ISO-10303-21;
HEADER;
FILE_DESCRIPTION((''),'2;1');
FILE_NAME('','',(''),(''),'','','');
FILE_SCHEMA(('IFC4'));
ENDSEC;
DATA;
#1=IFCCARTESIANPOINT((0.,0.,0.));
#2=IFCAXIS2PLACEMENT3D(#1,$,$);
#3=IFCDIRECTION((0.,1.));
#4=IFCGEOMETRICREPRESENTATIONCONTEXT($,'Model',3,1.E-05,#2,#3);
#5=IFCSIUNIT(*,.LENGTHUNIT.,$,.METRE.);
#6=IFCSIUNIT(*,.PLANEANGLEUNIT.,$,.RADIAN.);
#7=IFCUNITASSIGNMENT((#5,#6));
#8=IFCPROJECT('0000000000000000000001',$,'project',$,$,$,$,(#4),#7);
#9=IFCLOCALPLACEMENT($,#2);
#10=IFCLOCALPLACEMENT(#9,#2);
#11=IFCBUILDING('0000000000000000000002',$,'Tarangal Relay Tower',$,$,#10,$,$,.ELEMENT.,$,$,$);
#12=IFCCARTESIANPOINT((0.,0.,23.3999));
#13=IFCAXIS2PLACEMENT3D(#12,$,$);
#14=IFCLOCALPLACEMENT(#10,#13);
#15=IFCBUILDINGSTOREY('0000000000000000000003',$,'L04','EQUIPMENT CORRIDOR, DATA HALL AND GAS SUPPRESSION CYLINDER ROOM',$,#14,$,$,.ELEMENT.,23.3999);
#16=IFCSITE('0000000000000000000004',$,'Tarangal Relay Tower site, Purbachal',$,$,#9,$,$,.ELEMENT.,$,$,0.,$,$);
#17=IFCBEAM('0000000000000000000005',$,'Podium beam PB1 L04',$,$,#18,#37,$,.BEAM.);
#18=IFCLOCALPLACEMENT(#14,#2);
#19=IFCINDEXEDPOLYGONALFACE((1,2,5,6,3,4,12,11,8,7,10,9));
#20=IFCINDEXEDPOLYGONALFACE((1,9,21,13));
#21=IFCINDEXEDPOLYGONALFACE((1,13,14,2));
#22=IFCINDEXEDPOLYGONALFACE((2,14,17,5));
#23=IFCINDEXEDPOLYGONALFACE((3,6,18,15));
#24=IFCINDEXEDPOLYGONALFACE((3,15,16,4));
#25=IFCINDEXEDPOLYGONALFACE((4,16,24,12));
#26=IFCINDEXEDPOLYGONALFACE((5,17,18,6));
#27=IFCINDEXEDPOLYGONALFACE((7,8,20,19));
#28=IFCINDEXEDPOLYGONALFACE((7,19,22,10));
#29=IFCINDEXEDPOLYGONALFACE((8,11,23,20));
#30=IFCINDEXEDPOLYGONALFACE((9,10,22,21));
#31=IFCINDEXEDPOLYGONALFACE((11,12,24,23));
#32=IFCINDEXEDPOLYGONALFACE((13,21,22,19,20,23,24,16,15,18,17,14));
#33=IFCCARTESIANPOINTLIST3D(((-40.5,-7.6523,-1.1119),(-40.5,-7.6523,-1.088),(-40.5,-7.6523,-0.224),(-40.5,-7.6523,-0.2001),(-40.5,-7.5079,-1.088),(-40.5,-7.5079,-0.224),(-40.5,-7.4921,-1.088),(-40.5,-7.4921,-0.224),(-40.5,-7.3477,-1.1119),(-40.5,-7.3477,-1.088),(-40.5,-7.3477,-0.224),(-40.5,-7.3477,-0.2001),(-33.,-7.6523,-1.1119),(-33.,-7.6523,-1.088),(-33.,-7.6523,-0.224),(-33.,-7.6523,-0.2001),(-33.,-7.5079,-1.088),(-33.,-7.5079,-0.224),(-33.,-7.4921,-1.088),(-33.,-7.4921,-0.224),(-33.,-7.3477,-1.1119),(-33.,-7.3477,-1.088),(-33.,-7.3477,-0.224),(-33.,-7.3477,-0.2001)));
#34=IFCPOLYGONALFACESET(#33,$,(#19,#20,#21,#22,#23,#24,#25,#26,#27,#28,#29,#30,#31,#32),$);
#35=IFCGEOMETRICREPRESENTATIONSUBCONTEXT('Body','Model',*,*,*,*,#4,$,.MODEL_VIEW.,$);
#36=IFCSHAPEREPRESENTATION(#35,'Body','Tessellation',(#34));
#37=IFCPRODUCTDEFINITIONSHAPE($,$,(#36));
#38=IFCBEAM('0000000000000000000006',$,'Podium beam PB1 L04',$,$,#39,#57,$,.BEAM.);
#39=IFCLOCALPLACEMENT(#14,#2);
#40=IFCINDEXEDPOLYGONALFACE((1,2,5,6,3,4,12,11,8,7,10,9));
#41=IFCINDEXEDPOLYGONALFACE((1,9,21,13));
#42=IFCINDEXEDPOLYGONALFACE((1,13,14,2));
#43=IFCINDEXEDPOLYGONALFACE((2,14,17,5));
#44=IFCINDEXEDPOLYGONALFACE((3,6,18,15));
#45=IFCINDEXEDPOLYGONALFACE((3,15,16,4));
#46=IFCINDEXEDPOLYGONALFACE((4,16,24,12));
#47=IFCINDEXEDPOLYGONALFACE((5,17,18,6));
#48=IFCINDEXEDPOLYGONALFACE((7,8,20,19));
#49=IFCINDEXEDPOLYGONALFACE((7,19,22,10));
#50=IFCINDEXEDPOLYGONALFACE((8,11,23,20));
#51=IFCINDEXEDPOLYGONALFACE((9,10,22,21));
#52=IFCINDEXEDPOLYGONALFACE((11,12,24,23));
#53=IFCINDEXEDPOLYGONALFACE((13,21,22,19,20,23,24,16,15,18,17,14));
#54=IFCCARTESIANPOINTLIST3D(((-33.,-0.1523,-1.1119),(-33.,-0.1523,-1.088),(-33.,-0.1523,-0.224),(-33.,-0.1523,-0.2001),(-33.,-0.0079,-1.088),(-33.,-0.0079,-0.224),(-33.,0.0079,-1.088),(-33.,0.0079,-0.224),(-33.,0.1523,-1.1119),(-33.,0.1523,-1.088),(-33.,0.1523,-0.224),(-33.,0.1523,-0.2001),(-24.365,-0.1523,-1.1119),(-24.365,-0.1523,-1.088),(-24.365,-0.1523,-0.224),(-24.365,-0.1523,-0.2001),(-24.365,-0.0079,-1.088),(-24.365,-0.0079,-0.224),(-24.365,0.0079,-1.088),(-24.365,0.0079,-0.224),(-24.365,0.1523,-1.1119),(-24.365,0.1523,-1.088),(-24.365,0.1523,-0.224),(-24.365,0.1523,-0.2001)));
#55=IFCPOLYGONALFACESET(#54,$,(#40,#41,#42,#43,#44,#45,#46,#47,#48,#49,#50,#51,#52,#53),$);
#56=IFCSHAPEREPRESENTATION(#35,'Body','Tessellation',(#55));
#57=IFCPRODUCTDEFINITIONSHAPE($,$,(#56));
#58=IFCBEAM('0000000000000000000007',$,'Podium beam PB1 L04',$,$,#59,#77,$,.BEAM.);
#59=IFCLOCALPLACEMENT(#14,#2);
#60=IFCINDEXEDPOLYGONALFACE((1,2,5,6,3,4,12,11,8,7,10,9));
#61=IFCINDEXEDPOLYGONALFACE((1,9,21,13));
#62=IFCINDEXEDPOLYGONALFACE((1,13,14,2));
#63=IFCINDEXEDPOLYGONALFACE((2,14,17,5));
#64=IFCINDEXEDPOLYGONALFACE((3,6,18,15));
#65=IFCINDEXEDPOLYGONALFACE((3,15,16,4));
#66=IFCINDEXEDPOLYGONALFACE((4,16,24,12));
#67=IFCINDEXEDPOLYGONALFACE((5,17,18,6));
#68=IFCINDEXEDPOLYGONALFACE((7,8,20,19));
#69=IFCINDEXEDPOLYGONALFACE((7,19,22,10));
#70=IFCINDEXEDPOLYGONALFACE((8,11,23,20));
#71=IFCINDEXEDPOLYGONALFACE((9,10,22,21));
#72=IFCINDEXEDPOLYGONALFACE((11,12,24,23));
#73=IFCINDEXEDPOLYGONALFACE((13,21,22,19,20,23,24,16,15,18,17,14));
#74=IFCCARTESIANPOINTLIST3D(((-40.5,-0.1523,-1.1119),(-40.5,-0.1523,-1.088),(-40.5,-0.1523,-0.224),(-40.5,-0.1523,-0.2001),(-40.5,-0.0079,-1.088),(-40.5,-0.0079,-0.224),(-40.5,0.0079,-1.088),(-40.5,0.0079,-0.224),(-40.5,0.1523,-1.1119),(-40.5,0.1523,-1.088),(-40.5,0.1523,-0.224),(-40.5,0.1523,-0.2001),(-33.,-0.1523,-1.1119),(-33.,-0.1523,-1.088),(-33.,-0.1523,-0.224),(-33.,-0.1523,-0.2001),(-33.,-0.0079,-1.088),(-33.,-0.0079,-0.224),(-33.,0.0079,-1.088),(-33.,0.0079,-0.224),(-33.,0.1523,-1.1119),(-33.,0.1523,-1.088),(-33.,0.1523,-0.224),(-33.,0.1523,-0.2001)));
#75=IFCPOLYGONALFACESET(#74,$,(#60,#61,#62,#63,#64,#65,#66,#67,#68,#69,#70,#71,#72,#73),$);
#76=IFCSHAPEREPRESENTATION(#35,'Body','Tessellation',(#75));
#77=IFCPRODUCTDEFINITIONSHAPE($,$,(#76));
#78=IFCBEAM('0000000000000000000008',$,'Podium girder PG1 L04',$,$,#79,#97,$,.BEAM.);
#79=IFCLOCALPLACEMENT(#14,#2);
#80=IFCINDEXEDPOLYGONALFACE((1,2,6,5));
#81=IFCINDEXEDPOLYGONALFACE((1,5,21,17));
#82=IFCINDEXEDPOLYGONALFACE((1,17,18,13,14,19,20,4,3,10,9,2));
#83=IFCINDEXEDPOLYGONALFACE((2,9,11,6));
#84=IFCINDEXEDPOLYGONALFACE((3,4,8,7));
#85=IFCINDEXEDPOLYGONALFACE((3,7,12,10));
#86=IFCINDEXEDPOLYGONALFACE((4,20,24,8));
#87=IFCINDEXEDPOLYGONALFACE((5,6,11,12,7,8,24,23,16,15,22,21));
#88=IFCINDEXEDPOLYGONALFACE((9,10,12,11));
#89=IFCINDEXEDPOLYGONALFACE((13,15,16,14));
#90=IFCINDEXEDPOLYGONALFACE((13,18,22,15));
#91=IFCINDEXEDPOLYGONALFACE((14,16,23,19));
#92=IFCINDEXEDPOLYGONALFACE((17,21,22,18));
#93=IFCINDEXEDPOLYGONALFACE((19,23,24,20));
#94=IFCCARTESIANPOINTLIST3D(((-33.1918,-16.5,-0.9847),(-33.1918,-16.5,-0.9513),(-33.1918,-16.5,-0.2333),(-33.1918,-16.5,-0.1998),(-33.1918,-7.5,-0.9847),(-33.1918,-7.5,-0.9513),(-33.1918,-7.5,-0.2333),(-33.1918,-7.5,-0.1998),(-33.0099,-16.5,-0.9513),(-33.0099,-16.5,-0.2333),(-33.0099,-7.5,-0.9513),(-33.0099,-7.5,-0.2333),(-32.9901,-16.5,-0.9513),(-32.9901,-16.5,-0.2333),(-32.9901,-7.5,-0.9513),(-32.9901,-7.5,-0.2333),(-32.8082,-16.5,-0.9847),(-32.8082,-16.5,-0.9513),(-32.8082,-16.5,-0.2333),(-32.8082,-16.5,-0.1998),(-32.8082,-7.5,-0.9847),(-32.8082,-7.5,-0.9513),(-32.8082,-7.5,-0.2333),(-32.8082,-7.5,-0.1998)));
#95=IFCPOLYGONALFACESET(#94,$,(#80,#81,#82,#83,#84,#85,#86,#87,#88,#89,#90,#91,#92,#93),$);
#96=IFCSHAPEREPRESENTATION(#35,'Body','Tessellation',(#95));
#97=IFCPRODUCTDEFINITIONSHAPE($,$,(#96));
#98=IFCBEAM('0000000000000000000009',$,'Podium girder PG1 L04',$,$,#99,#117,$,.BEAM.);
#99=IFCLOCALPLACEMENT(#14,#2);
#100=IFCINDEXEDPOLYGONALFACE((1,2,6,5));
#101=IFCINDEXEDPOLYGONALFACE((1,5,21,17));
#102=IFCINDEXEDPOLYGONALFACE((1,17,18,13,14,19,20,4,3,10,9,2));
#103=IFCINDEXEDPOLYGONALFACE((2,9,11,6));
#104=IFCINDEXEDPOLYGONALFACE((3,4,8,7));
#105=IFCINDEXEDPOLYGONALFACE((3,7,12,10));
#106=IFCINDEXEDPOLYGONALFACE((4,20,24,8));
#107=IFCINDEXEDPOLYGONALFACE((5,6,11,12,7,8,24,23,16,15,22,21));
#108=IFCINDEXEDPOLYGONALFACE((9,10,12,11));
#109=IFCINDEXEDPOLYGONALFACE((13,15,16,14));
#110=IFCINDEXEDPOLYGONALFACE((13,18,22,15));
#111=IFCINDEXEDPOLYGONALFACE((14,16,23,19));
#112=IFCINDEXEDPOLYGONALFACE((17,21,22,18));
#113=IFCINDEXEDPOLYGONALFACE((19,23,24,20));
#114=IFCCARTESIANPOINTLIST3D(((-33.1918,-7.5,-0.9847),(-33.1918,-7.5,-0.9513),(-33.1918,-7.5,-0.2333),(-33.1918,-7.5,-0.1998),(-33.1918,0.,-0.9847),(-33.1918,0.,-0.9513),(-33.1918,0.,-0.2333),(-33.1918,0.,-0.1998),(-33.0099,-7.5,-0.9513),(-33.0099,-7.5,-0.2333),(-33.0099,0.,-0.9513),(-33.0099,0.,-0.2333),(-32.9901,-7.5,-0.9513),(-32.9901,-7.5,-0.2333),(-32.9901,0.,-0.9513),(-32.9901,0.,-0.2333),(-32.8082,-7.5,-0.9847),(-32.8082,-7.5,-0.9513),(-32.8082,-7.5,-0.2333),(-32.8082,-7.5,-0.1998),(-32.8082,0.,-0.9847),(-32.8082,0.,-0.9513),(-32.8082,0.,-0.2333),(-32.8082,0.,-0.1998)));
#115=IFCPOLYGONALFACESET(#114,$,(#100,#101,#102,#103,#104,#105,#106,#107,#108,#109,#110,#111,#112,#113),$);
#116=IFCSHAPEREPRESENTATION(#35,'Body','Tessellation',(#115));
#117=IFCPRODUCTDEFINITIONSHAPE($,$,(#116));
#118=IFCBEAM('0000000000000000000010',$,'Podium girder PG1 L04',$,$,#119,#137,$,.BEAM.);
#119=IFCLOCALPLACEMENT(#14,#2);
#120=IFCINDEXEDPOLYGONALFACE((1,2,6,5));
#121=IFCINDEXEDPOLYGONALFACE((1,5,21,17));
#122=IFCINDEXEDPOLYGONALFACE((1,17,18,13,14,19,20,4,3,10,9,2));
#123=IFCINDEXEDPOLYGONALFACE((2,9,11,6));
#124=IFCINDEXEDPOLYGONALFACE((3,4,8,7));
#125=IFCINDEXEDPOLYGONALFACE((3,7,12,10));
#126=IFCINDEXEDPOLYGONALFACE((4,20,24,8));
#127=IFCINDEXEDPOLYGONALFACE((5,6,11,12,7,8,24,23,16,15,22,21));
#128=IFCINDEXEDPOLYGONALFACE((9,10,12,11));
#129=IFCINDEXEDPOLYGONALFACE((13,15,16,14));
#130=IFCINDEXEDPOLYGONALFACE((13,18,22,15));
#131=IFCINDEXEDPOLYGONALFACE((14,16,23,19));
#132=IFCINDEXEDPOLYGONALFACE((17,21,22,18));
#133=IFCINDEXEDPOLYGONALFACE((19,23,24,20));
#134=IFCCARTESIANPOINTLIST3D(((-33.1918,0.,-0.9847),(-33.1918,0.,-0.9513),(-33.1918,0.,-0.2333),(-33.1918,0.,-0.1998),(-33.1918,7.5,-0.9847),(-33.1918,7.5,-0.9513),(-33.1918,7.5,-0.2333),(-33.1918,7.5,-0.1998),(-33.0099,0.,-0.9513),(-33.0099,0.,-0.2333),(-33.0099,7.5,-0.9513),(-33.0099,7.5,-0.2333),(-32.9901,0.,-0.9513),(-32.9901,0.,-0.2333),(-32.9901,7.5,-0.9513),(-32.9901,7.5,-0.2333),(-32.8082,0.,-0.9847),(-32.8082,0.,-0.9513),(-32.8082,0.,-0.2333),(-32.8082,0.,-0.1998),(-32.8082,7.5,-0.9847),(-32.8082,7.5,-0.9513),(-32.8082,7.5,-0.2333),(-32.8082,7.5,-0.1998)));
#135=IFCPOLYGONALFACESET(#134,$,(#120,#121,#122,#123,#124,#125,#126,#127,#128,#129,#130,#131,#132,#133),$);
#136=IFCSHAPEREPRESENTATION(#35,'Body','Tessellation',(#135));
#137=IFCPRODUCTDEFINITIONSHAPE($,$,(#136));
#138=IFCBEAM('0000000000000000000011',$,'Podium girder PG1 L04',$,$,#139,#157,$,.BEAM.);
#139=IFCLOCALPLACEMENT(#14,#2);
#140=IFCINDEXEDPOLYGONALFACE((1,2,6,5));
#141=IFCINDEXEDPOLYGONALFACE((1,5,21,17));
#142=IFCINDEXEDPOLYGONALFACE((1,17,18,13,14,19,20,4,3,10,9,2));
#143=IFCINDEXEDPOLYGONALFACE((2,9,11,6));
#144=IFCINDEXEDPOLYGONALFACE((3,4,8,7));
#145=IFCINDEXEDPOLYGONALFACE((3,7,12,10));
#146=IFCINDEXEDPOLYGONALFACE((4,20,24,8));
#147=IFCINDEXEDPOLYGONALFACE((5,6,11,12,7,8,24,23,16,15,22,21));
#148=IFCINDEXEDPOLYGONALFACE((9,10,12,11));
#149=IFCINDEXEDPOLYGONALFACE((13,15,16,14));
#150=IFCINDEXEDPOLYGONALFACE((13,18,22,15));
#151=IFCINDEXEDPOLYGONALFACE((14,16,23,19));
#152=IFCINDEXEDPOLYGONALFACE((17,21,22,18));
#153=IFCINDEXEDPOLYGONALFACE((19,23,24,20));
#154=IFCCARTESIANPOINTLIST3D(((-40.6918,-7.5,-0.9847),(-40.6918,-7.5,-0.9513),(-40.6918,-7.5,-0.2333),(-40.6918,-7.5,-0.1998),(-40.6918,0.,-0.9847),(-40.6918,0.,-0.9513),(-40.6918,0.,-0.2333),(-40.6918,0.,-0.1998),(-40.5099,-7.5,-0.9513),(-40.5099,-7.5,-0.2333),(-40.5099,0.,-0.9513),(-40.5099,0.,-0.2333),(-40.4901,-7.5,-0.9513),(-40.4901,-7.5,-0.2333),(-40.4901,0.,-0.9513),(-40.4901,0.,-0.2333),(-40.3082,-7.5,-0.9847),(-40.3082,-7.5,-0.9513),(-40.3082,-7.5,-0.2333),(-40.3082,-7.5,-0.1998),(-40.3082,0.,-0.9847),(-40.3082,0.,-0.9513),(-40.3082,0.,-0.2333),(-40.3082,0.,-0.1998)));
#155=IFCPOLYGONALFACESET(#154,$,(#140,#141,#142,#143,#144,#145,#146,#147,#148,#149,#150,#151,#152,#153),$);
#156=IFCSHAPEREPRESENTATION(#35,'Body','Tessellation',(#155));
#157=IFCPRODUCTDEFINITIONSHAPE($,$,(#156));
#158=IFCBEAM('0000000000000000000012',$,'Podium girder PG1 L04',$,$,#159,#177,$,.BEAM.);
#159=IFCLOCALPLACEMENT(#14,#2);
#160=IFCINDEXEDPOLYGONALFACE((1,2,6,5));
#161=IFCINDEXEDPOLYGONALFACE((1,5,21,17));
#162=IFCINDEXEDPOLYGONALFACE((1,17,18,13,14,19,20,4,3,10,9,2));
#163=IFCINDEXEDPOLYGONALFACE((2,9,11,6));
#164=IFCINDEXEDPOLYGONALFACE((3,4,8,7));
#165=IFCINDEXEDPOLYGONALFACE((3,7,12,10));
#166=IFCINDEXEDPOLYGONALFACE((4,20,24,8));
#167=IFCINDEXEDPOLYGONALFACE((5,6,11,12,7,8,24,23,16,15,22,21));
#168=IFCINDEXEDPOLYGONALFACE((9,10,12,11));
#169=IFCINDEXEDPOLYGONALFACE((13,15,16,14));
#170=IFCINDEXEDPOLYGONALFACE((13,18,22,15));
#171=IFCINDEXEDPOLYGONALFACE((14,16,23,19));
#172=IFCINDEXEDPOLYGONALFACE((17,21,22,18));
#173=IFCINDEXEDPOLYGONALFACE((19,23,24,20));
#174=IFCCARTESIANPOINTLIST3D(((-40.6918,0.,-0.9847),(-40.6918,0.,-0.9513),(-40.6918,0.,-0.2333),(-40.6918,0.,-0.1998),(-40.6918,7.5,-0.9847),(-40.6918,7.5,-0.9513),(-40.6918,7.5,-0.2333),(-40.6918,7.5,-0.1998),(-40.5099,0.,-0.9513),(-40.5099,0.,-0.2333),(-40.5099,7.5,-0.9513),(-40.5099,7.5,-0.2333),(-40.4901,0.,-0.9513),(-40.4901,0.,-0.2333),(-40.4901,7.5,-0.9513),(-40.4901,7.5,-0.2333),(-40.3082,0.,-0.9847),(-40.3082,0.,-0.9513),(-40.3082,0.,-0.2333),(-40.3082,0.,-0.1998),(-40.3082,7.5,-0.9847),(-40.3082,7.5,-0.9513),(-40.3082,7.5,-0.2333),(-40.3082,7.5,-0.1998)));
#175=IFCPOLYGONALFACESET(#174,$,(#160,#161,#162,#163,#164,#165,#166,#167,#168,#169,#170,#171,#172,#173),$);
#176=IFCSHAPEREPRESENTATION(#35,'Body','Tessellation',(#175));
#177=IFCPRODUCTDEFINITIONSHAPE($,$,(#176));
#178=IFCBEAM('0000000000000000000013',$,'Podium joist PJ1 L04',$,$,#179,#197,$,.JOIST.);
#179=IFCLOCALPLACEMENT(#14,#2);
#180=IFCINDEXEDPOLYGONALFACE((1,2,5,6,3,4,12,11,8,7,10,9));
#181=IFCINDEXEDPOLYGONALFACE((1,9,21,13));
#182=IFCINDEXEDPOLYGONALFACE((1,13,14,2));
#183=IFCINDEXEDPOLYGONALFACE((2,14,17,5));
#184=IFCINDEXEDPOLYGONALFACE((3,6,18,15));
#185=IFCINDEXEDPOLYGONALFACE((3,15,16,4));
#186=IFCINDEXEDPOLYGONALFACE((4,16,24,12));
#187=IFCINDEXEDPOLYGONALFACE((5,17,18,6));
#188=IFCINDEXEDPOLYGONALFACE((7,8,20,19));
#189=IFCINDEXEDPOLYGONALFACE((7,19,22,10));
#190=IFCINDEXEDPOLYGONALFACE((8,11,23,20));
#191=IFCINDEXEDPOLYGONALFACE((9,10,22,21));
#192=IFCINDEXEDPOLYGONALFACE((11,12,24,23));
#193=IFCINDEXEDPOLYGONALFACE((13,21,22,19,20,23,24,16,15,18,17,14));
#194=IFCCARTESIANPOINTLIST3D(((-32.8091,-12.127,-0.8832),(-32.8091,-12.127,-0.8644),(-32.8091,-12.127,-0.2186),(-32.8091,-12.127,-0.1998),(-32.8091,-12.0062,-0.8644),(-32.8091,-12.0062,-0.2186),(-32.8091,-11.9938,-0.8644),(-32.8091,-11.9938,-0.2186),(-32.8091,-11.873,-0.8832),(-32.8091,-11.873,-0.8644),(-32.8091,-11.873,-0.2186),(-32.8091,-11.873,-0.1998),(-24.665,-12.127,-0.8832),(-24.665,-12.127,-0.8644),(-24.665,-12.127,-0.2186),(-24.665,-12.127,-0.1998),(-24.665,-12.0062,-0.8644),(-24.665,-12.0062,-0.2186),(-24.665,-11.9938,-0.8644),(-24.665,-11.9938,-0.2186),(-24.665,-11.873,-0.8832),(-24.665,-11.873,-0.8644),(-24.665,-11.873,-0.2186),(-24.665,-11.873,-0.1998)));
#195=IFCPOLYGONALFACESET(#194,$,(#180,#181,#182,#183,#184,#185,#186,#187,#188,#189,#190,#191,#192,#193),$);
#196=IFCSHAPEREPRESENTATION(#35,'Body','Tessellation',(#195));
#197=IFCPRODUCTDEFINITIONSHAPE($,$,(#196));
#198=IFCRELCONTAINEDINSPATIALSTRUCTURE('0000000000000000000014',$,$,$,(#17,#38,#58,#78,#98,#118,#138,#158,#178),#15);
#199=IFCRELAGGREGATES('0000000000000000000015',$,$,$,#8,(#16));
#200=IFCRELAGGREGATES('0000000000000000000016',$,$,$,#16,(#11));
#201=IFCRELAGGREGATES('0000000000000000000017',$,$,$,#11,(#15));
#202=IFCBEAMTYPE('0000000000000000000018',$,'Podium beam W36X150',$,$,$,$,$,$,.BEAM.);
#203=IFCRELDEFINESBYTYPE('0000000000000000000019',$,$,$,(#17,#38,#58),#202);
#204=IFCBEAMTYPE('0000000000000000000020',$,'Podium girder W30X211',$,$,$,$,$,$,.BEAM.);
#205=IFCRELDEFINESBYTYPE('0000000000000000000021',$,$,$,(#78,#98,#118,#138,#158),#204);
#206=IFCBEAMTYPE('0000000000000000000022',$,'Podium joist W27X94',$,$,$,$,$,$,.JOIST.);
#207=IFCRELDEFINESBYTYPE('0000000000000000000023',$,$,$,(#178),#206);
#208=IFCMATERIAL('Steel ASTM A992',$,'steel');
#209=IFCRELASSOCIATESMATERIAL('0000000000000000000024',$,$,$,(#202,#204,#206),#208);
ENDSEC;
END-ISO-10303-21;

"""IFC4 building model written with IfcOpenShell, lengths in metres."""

from ifc_helpers import new_model, si_unit, direction, frame, origin, origin_2d, place, context, subcontext, project, spatial, i_section, extrude, material, material_profile, profile_set, type_object, element, save


model = new_model("IFC4")

# Units and contexts
model_context = context("Model", 3, precision=1e-05, world=origin(), true_north=direction((0.0, 1.0)))
body_context = subcontext(model_context, "Body", "Model", "MODEL_VIEW")
ifc_project = project(units=[si_unit("LENGTHUNIT", "METRE"), si_unit("PLANEANGLEUNIT", "RADIAN")], contexts=[model_context])

# Site, building, storey
site_placement = place(None, origin())
site = spatial("IfcSite", under=ifc_project, at=site_placement, Name="Tarangal Relay Tower site, Purbachal", CompositionType="ELEMENT", RefElevation=0.0)
building_placement = place(site_placement, origin())
building = spatial("IfcBuilding", under=site, at=building_placement, Name="Tarangal Relay Tower", CompositionType="ELEMENT")
storey_placement = place(building_placement, frame((0.0, 0.0, 23.3999)))
storey = spatial("IfcBuildingStorey", under=building, at=storey_placement, Name="L04", Description="EQUIPMENT CORRIDOR, DATA HALL AND GAS SUPPRESSION CYLINDER ROOM", CompositionType="ELEMENT", Elevation=23.3999)

# Beams
ifc_material_1 = material(Name="Steel ASTM A992", Category="steel")
ifc_material_profile_1 = material_profile(ifc_material_1, i_section(OverallWidth=0.3047, OverallDepth=0.9119, WebThickness=0.0159, FlangeThickness=0.0239, at=origin_2d()), Name="W36X150")
ifc_profile_set_1 = profile_set([ifc_material_profile_1], Name="Steel ASTM A992")
beam_type_1 = type_object("IfcBeamType", Name="Podium beam W36X150", PredefinedType="BEAM", material=ifc_profile_set_1)
beam_1_placement = place(storey_placement, frame((-33.0, -7.5, -0.656), z_axis=(-1.0, 0.0, 0.0), x_axis=(0.0, -1.0, 0.0)))
element("IfcBeam", 1, at=beam_1_placement, inside=storey, type_object=beam_type_1, Name="Podium beam PB1 L04", PredefinedType="BEAM", context=body_context, shape_type="SweptSolid", body=[
    extrude(i_section(OverallWidth=0.3047, OverallDepth=0.9119, WebThickness=0.0159, FlangeThickness=0.0239, at=origin_2d()), origin(), (0.0, 0.0, 1.0), 7.5),
])
beam_2_placement = place(storey_placement, frame((-24.365, 0.0, -0.656), z_axis=(-1.0, 0.0, 0.0), x_axis=(0.0, -1.0, 0.0)))
element("IfcBeam", 2, at=beam_2_placement, inside=storey, type_object=beam_type_1, Name="Podium beam PB1 L04", PredefinedType="BEAM", context=body_context, shape_type="SweptSolid", body=[
    extrude(i_section(OverallWidth=0.3047, OverallDepth=0.9119, WebThickness=0.0159, FlangeThickness=0.0239, at=origin_2d()), origin(), (0.0, 0.0, 1.0), 8.635),
])
beam_3_placement = place(storey_placement, frame((-33.0, 0.0, -0.656), z_axis=(-1.0, 0.0, 0.0), x_axis=(0.0, -1.0, 0.0)))
element("IfcBeam", 3, at=beam_3_placement, inside=storey, type_object=beam_type_1, Name="Podium beam PB1 L04", PredefinedType="BEAM", context=body_context, shape_type="SweptSolid", body=[
    extrude(i_section(OverallWidth=0.3047, OverallDepth=0.9119, WebThickness=0.0159, FlangeThickness=0.0239, at=origin_2d()), origin(), (0.0, 0.0, 1.0), 7.5),
])
ifc_material_profile_2 = material_profile(ifc_material_1, i_section(OverallWidth=0.3835, OverallDepth=0.7849, WebThickness=0.0198, FlangeThickness=0.0334, at=origin_2d()), Name="W30X211")
ifc_profile_set_2 = profile_set([ifc_material_profile_2], Name="Steel ASTM A992")
beam_type_2 = type_object("IfcBeamType", Name="Podium girder W30X211", PredefinedType="BEAM", material=ifc_profile_set_2)
beam_4_placement = place(storey_placement, frame((-33.0, -16.5, -0.5923), z_axis=(0.0, 1.0, 0.0), x_axis=(-1.0, 0.0, 0.0)))
element("IfcBeam", 4, at=beam_4_placement, inside=storey, type_object=beam_type_2, Name="Podium girder PG1 L04", PredefinedType="BEAM", context=body_context, shape_type="SweptSolid", body=[
    extrude(i_section(OverallWidth=0.3835, OverallDepth=0.7849, WebThickness=0.0198, FlangeThickness=0.0334, at=origin_2d()), origin(), (0.0, 0.0, 1.0), 9.0),
])
for number, where, z_axis, x_axis, name in (
    (5, (-33.0, -7.5, -0.5923), (0.0, 1.0, 0.0), (-1.0, 0.0, 0.0), "Podium girder PG1 L04"),
    (6, (-33.0, 0.0, -0.5923), (0.0, 1.0, 0.0), (-1.0, 0.0, 0.0), "Podium girder PG1 L04"),
    (7, (-40.5, -7.5, -0.5923), (0.0, 1.0, 0.0), (-1.0, 0.0, 0.0), "Podium girder PG1 L04"),
    (8, (-40.5, 0.0, -0.5923), (0.0, 1.0, 0.0), (-1.0, 0.0, 0.0), "Podium girder PG1 L04"),
):
    element("IfcBeam", number, at=place(storey_placement, frame(where, z_axis=z_axis, x_axis=x_axis)), inside=storey, type_object=beam_type_2, Name=name, PredefinedType="BEAM", context=body_context, shape_type="SweptSolid", body=[
        extrude(i_section(OverallWidth=0.3835, OverallDepth=0.7849, WebThickness=0.0198, FlangeThickness=0.0334, at=origin_2d()), origin(), (0.0, 0.0, 1.0), 7.5),
    ])
ifc_material_profile_3 = material_profile(ifc_material_1, i_section(OverallWidth=0.2539, OverallDepth=0.6833, WebThickness=0.0125, FlangeThickness=0.0188, at=origin_2d()), Name="W27X94")
ifc_profile_set_3 = profile_set([ifc_material_profile_3], Name="Steel ASTM A992")
beam_type_3 = type_object("IfcBeamType", Name="Podium joist W27X94", PredefinedType="JOIST", material=ifc_profile_set_3)
beam_5_placement = place(storey_placement, frame((-24.665, -12.0, -0.5415), z_axis=(-1.0, 0.0, 0.0), x_axis=(0.0, -1.0, 0.0)))
element("IfcBeam", 9, at=beam_5_placement, inside=storey, type_object=beam_type_3, Name="Podium joist PJ1 L04", PredefinedType="JOIST", context=body_context, shape_type="SweptSolid", body=[
    extrude(i_section(OverallWidth=0.2539, OverallDepth=0.6833, WebThickness=0.0125, FlangeThickness=0.0188, at=origin_2d()), origin(), (0.0, 0.0, 1.0), 8.144),
])

save(model, "model.ifc")
